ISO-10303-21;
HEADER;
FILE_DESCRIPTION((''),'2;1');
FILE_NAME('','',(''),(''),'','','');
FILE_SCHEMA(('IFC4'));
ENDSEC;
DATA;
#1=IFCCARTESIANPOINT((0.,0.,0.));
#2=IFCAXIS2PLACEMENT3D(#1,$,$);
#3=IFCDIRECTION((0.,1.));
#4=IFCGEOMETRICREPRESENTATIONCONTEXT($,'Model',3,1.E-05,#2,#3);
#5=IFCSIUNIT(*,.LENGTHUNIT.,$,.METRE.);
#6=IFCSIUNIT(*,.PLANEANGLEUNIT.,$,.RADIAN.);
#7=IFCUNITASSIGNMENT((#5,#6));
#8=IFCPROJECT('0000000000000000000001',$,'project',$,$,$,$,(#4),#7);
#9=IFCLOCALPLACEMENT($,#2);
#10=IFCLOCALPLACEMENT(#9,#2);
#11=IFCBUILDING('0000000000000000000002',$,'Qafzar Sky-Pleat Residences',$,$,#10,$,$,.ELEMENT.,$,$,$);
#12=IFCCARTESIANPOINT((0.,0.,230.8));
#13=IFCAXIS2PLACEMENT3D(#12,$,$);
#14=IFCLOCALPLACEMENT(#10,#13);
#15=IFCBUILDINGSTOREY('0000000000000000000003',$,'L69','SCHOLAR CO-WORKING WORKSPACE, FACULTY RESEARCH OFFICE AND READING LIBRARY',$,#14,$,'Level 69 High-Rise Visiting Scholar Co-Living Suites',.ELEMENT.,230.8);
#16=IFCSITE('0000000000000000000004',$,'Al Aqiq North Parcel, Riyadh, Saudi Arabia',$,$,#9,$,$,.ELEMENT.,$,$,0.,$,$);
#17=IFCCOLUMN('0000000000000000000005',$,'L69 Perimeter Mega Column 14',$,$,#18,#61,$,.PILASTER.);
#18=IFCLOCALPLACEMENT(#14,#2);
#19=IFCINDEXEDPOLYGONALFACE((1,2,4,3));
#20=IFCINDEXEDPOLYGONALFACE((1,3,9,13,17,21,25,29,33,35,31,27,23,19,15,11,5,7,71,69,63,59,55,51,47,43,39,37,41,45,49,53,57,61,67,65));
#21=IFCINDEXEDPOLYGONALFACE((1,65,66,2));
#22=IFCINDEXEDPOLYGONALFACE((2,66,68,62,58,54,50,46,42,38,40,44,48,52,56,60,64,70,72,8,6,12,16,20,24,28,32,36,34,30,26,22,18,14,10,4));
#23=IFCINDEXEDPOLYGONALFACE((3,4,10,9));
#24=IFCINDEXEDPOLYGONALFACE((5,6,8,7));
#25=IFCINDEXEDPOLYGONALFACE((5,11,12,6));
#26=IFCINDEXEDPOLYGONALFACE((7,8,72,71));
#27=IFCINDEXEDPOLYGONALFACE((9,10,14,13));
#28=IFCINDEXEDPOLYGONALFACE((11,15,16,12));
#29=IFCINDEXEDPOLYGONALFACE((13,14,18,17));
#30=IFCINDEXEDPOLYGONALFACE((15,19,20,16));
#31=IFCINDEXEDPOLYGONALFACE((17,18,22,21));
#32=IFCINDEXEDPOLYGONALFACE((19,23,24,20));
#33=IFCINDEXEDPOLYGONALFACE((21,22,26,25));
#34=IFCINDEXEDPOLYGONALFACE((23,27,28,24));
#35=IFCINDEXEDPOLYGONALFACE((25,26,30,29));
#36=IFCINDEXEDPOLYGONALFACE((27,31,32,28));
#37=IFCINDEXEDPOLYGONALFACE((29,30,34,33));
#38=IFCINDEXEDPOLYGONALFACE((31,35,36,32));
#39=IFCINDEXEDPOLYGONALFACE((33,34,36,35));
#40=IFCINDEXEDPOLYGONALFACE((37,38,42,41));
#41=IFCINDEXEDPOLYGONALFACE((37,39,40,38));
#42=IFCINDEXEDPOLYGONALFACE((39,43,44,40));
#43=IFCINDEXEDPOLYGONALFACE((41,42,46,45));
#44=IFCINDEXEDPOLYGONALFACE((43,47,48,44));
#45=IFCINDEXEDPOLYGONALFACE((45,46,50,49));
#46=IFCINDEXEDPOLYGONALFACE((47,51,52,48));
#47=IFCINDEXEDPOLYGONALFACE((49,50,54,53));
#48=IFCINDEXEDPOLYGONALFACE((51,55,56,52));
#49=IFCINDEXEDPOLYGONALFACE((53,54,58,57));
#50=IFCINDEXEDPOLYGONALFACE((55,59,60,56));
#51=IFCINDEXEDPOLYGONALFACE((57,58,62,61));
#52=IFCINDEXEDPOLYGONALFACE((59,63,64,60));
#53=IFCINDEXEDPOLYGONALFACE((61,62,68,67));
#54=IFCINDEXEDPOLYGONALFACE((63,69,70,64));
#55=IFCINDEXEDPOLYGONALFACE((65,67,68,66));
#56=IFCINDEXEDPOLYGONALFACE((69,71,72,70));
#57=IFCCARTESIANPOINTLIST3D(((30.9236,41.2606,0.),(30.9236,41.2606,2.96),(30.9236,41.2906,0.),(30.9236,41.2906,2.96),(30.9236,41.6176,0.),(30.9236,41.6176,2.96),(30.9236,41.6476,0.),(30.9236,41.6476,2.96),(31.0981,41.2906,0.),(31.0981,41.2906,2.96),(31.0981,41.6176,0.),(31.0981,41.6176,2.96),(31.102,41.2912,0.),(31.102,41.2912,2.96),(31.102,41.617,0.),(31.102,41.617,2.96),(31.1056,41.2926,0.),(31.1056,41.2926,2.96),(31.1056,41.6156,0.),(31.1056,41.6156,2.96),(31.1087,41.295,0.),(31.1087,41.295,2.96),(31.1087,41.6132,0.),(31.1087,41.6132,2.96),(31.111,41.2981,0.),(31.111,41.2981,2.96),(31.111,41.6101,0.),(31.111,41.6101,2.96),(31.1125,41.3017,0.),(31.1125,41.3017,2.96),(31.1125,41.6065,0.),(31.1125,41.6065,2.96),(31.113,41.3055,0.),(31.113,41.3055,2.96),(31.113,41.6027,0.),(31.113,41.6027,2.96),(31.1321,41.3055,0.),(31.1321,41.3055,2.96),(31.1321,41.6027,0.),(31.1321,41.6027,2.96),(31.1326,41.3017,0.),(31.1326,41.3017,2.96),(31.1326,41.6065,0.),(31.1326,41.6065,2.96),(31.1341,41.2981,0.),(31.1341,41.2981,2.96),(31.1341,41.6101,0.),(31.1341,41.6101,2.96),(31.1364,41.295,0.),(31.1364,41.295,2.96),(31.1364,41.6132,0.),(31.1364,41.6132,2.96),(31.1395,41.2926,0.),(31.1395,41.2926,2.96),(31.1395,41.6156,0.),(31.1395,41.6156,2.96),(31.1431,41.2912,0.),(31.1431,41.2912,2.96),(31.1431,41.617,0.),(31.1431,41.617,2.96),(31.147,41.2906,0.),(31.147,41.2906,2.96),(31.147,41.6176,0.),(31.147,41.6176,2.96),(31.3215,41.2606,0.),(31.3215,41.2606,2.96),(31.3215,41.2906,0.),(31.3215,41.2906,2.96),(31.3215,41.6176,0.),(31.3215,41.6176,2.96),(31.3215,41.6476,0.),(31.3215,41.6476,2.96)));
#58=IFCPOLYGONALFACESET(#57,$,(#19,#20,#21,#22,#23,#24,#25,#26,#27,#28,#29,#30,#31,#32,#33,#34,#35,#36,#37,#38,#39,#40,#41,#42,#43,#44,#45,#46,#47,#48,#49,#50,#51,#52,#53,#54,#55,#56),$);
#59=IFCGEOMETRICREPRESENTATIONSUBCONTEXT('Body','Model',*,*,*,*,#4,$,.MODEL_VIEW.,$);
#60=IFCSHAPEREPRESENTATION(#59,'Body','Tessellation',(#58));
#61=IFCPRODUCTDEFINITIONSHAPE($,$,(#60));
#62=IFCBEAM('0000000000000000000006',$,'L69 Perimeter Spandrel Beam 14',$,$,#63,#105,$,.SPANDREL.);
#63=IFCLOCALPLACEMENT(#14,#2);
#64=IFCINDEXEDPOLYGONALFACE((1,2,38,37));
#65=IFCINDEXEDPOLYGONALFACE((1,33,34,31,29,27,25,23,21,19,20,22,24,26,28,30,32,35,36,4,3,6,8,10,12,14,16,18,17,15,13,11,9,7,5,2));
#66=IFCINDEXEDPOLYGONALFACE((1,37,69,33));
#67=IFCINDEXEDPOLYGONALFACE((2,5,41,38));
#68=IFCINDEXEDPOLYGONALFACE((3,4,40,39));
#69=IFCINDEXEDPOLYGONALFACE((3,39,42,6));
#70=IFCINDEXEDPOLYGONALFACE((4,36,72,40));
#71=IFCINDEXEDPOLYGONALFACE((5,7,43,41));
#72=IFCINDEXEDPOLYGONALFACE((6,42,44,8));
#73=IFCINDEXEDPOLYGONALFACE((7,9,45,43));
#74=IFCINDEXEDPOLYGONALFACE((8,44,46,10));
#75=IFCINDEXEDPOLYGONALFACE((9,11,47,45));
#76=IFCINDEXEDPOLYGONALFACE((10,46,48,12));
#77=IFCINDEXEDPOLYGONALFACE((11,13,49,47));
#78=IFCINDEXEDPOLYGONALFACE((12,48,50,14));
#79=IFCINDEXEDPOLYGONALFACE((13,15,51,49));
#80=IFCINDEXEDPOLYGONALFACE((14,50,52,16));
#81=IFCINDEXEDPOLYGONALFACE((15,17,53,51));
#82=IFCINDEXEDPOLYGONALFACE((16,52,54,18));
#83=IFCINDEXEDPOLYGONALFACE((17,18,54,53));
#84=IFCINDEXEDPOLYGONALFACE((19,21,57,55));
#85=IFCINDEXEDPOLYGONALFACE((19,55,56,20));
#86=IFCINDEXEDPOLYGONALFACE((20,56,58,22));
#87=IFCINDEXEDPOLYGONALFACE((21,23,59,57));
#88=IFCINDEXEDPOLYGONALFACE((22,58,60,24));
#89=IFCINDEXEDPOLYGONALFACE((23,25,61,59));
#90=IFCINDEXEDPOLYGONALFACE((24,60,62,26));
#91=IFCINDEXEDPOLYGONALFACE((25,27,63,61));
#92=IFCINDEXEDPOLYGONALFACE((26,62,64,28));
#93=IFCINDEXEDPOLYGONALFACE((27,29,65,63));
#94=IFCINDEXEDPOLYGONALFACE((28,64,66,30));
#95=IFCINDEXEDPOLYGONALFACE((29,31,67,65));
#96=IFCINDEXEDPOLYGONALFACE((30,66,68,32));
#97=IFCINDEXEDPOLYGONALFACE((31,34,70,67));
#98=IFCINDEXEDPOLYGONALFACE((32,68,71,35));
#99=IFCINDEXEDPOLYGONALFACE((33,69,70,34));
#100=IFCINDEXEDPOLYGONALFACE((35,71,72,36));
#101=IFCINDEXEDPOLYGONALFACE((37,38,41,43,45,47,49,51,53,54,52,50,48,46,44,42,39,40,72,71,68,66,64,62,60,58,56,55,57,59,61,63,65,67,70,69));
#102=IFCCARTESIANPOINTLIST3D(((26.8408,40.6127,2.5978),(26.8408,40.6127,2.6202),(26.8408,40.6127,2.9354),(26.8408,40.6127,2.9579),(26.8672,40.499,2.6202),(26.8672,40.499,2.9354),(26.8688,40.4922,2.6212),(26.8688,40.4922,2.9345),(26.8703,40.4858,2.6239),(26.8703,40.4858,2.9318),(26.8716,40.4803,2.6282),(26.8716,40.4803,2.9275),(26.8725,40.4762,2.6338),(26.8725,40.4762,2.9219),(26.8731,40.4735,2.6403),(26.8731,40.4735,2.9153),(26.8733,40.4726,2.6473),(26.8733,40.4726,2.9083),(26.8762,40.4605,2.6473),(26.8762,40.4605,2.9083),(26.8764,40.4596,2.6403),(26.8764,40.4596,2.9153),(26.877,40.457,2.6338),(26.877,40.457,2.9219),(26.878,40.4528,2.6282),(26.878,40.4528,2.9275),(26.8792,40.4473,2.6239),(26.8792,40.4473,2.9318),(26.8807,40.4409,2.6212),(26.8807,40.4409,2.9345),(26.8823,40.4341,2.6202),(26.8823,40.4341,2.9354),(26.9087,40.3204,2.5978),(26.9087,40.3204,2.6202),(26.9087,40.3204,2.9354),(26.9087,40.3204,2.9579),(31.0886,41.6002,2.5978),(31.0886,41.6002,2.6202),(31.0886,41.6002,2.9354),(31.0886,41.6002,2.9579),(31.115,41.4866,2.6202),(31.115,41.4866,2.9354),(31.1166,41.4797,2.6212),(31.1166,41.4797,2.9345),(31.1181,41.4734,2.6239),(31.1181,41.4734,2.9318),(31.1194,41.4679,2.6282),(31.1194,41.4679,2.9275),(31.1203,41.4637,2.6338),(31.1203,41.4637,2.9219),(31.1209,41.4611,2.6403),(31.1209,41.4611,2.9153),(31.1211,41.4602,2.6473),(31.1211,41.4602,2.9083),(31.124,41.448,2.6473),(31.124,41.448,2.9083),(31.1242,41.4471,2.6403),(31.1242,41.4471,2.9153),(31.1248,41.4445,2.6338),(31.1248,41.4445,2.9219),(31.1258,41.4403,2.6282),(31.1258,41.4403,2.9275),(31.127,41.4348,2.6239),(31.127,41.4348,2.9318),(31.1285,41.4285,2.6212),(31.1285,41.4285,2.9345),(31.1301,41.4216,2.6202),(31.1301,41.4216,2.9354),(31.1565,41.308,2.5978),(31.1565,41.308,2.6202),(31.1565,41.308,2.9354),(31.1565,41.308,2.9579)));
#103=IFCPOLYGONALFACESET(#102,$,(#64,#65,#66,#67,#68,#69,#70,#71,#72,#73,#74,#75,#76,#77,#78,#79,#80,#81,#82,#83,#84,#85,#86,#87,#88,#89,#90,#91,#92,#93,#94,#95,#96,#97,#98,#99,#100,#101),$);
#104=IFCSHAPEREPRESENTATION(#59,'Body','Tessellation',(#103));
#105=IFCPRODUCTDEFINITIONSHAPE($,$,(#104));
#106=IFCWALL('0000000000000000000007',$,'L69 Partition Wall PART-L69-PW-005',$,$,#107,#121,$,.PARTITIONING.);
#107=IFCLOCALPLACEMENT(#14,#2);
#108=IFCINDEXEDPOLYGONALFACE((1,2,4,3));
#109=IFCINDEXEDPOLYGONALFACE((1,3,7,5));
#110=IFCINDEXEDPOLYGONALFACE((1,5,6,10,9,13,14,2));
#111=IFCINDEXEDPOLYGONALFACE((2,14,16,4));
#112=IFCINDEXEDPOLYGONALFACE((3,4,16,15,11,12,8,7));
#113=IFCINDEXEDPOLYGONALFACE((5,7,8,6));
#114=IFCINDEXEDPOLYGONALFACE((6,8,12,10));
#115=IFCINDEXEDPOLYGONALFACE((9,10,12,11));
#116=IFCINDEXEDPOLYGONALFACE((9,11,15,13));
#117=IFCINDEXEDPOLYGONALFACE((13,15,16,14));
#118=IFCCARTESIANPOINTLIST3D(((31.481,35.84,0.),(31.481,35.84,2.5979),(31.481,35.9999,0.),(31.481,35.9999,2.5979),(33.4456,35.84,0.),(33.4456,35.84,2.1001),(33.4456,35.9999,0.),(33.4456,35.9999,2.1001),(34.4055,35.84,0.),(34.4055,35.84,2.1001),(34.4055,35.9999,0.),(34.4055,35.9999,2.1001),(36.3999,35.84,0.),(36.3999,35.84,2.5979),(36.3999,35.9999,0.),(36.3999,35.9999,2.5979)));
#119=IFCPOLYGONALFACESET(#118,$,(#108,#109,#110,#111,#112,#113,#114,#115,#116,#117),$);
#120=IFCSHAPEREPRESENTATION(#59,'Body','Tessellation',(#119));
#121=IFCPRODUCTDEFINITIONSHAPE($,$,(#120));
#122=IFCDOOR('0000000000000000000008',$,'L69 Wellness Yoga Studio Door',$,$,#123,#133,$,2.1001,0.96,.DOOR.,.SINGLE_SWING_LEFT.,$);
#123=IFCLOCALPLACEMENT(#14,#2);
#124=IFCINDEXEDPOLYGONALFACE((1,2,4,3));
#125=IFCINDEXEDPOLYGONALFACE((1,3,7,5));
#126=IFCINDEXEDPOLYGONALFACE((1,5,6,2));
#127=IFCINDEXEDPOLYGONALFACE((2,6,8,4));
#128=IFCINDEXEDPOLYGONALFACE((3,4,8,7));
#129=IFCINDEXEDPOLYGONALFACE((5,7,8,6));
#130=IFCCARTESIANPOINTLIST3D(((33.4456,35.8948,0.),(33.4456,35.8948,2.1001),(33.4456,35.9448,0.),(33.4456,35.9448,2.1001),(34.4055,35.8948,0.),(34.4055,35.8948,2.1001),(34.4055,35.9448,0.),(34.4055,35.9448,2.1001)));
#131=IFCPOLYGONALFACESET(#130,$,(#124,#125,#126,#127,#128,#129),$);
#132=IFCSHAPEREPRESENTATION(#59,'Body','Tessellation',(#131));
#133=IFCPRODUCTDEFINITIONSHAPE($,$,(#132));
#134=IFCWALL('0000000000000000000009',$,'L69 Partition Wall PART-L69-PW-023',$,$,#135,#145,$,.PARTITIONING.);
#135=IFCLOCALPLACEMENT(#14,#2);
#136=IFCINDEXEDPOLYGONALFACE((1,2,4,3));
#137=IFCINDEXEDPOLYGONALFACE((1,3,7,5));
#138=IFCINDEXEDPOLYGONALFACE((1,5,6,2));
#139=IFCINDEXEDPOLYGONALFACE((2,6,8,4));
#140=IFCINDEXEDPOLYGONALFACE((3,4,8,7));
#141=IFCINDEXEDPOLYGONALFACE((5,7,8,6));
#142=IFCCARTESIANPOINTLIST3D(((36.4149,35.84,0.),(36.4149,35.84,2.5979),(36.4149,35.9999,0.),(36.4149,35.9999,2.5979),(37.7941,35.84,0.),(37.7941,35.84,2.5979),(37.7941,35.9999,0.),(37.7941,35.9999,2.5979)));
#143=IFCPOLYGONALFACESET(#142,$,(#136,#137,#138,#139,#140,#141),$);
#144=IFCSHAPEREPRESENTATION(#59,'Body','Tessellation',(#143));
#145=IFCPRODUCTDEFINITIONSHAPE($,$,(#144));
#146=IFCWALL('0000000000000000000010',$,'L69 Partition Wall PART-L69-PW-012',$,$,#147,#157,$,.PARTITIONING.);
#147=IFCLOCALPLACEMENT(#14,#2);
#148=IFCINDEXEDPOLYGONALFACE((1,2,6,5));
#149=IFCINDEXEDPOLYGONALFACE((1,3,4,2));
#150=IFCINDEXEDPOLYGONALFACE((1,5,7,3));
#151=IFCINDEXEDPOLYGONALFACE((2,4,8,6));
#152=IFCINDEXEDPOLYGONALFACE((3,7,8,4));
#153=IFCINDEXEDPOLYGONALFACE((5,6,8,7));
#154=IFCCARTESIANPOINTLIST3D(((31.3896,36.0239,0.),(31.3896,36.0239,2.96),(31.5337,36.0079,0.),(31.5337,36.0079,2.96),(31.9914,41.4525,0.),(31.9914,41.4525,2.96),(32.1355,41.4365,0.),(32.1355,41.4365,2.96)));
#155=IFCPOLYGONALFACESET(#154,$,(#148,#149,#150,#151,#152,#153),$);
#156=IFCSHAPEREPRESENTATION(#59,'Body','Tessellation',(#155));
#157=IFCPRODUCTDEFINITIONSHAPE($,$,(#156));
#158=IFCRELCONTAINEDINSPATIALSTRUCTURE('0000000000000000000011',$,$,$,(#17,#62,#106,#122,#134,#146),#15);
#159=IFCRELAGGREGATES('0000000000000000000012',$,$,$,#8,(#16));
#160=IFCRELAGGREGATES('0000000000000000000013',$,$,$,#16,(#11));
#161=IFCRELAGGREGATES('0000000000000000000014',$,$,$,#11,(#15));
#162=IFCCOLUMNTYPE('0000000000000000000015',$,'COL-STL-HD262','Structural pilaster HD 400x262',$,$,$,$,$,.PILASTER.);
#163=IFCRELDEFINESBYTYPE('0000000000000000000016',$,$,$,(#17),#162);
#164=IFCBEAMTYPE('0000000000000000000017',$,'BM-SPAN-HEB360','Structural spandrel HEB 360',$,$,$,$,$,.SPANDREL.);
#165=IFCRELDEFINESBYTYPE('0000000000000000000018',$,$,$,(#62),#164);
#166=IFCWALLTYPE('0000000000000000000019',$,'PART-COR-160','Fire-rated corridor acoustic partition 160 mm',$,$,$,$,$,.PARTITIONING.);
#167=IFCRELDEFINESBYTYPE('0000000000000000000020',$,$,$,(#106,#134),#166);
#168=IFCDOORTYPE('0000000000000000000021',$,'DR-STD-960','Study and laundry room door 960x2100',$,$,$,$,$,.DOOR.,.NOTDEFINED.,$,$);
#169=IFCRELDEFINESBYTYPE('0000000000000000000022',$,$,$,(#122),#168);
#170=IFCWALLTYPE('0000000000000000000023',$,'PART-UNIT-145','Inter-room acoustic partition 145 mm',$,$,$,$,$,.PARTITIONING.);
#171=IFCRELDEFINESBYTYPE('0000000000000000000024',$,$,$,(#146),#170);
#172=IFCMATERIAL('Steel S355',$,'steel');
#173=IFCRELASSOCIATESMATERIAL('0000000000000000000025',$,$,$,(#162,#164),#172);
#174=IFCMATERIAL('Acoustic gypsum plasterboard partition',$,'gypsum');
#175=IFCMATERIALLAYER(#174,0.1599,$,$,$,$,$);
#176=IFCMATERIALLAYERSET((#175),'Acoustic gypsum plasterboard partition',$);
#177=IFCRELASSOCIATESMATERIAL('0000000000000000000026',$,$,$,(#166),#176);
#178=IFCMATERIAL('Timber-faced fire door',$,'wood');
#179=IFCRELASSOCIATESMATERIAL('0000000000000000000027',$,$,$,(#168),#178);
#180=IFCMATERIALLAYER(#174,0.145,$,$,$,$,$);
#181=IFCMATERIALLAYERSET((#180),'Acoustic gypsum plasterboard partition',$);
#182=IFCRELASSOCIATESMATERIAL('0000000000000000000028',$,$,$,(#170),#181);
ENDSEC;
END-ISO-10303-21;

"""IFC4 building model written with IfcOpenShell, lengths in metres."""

from ifc_helpers import new_model, si_unit, direction, frame, frame_2d, origin, origin_2d, place, context, subcontext, project, spatial, rectangle, i_section, extrude, source, transform, mapped, material, layer, layer_set, material_profile, profile_set, type_object, element, fill, save


model = new_model("IFC4")

# Units and contexts
model_context = context("Model", 3, precision=1e-05, world=origin(), true_north=direction((0.0, 1.0)))
body_context = subcontext(model_context, "Body", "Model", "MODEL_VIEW")
ifc_project = project(units=[si_unit("LENGTHUNIT", "METRE"), si_unit("PLANEANGLEUNIT", "RADIAN")], contexts=[model_context])

# Site, building, storey
site_placement = place(None, origin())
site = spatial("IfcSite", under=ifc_project, at=site_placement, Name="Al Aqiq North Parcel, Riyadh, Saudi Arabia", CompositionType="ELEMENT", RefElevation=0.0)
building_placement = place(site_placement, origin())
building = spatial("IfcBuilding", under=site, at=building_placement, Name="Qafzar Sky-Pleat Residences", CompositionType="ELEMENT")
storey_placement = place(building_placement, frame((0.0, 0.0, 230.8)))
storey = spatial("IfcBuildingStorey", under=building, at=storey_placement, Name="L69", Description="SCHOLAR CO-WORKING WORKSPACE, FACULTY RESEARCH OFFICE AND READING LIBRARY", LongName="Level 69 High-Rise Visiting Scholar Co-Living Suites", CompositionType="ELEMENT", Elevation=230.8)

# Column
ifc_material_1 = material(Name="Steel S355", Category="steel")
ifc_material_profile_1 = material_profile(ifc_material_1, i_section(OverallWidth=0.3979, OverallDepth=0.387, WebThickness=0.019, FlangeThickness=0.03, FilletRadius=0.0149, at=origin_2d()), Name="HD 400x262")
ifc_profile_set_1 = profile_set([ifc_material_profile_1], Name="Steel S355")
column_type = type_object("IfcColumnType", Name="COL-STL-HD262", Description="Structural pilaster HD 400x262", PredefinedType="PILASTER", material=ifc_profile_set_1)
shared_shape_1 = source(origin(), body_context, "Body", "SweptSolid", [
    extrude(i_section(OverallWidth=0.3979, OverallDepth=0.387, WebThickness=0.019, FlangeThickness=0.03, FilletRadius=0.0149, at=origin_2d()), origin(), (0.0, 0.0, 1.0), 2.96),
])
column_placement = place(storey_placement, frame((31.1226, 41.4541, 0.0), z_axis=(0.0, 0.0, 1.0), x_axis=(1.0, 0.0, 0.0)))
element("IfcColumn", 1, at=column_placement, inside=storey, type_object=column_type, Name="L69 Perimeter Mega Column 14", PredefinedType="PILASTER", context=body_context, shape_type="MappedRepresentation", body=[
    mapped(shared_shape_1, transform((0.0, 0.0, 0.0), x_axis=(1.0, 0.0, 0.0), y_axis=(0.0, 1.0, 0.0), z_axis=(0.0, 0.0, 1.0), scale=1.0)),
])

# Beam
ifc_material_profile_2 = material_profile(ifc_material_1, i_section(OverallWidth=0.3, OverallDepth=0.3601, WebThickness=0.0125, FlangeThickness=0.0225, FilletRadius=0.0271, at=origin_2d()), Name="HEB 360")
ifc_profile_set_2 = profile_set([ifc_material_profile_2], Name="Steel S355")
beam_type = type_object("IfcBeamType", Name="BM-SPAN-HEB360", Description="Structural spandrel HEB 360", PredefinedType="SPANDREL", material=ifc_profile_set_2)
shared_shape_2 = source(origin(), body_context, "Body", "SweptSolid", [
    extrude(i_section(OverallWidth=0.3, OverallDepth=0.3601, WebThickness=0.0125, FlangeThickness=0.0225, FilletRadius=0.0271, at=origin_2d()), origin(), (0.0, 0.0, 1.0), 4.3611),
])
beam_placement = place(storey_placement, frame((31.1226, 41.4541, 2.7778), z_axis=(-0.974024, -0.226446, 0.0), x_axis=(0.226446, -0.974024, 0.0)))
element("IfcBeam", 2, at=beam_placement, inside=storey, type_object=beam_type, Name="L69 Perimeter Spandrel Beam 14", PredefinedType="SPANDREL", context=body_context, shape_type="MappedRepresentation", body=[
    mapped(shared_shape_2, transform((0.0, 0.0, 0.0), x_axis=(1.0, 0.0, 0.0), y_axis=(0.0, 1.0, 0.0), z_axis=(0.0, 0.0, 1.0), scale=1.0)),
])

# Wall, opening, door
ifc_material_2 = material(Name="Acoustic gypsum plasterboard partition", Category="gypsum")
ifc_layer_1 = layer(ifc_material_2, 0.1599)
ifc_layer_set_1 = layer_set([ifc_layer_1], Name="Acoustic gypsum plasterboard partition")
wall_type_1 = type_object("IfcWallType", Name="PART-COR-160", Description="Fire-rated corridor acoustic partition 160 mm", PredefinedType="PARTITIONING", material=ifc_layer_set_1)
wall_1_placement = place(storey_placement, frame((31.481, 35.9199, 0.0), z_axis=(0.0, 0.0, 1.0), x_axis=(1.0, 0.0, 0.0)))
wall_1 = element("IfcWall", 3, at=wall_1_placement, inside=storey, type_object=wall_type_1, Name="L69 Partition Wall PART-L69-PW-005", PredefinedType="PARTITIONING", context=body_context, shape_type="SweptSolid", body=[
    extrude(rectangle(XDim=4.9189, YDim=0.1599, at=frame_2d((2.4595, 0.0))), origin(), (0.0, 0.0, 1.0), 2.5979),
])
opening_1_placement = place(wall_1_placement, frame((1.9646, 0.0, 0.0)))
opening_1 = element("IfcOpeningElement", 4, at=opening_1_placement, cuts=wall_1, PredefinedType="OPENING", context=body_context, shape_type="SweptSolid", body=[
    extrude(rectangle(XDim=0.96, YDim=2.1001, at=frame_2d((0.48, 1.05))), frame((0.0, 0.0898, 0.0), z_axis=(0.0, -1.0, 0.0), x_axis=(1.0, 0.0, 0.0)), (0.0, 0.0, 1.0), 0.1799),
])
ifc_material_3 = material(Name="Timber-faced fire door", Category="wood")
door_type_1 = type_object("IfcDoorType", Name="DR-STD-960", Description="Study and laundry room door 960x2100", OperationType="NOTDEFINED", PredefinedType="DOOR", material=ifc_material_3)
shared_shape_3 = source(origin(), body_context, "Body", "SweptSolid", [
    extrude(rectangle(XDim=0.96, YDim=2.1001, at=frame_2d((0.48, 1.05))), frame((0.0, 0.0249, 0.0), z_axis=(0.0, -1.0, 0.0), x_axis=(1.0, 0.0, 0.0)), (0.0, 0.0, 1.0), 0.05),
])
door_1_placement = place(opening_1_placement, origin())
door_1 = element("IfcDoor", 5, at=door_1_placement, inside=storey, type_object=door_type_1, Name="L69 Wellness Yoga Studio Door", OperationType="SINGLE_SWING_LEFT", OverallHeight=2.1001, OverallWidth=0.96, PredefinedType="DOOR", context=body_context, shape_type="MappedRepresentation", body=[
    mapped(shared_shape_3, transform((0.0, 0.0, 0.0), x_axis=(1.0, 0.0, 0.0), y_axis=(0.0, 1.0, 0.0), z_axis=(0.0, 0.0, 1.0), scale=1.0)),
])
fill(opening_1, door_1)

# Walls
wall_2_placement = place(storey_placement, frame((36.415, 35.9199, 0.0), z_axis=(0.0, 0.0, 1.0), x_axis=(1.0, 0.0, 0.0)))
element("IfcWall", 6, at=wall_2_placement, inside=storey, type_object=wall_type_1, Name="L69 Partition Wall PART-L69-PW-023", PredefinedType="PARTITIONING", context=body_context, shape_type="SweptSolid", body=[
    extrude(rectangle(XDim=1.3792, YDim=0.1599, at=frame_2d((0.6895, 0.0))), origin(), (0.0, 0.0, 1.0), 2.5979),
])
ifc_layer_2 = layer(ifc_material_2, 0.145)
ifc_layer_set_2 = layer_set([ifc_layer_2], Name="Acoustic gypsum plasterboard partition")
wall_type_2 = type_object("IfcWallType", Name="PART-UNIT-145", Description="Inter-room acoustic partition 145 mm", PredefinedType="PARTITIONING", material=ifc_layer_set_2)
wall_3_placement = place(storey_placement, frame((31.4617, 36.0159, 0.0), z_axis=(0.0, 0.0, 1.0), x_axis=(0.110181, 0.993912, 0.0)))
element("IfcWall", 7, at=wall_3_placement, inside=storey, type_object=wall_type_2, Name="L69 Partition Wall PART-L69-PW-012", PredefinedType="PARTITIONING", context=body_context, shape_type="SweptSolid", body=[
    extrude(rectangle(XDim=5.4619, YDim=0.145, at=frame_2d((2.731, 0.0))), origin(), (0.0, 0.0, 1.0), 2.96),
])

save(model, "model.ifc")
